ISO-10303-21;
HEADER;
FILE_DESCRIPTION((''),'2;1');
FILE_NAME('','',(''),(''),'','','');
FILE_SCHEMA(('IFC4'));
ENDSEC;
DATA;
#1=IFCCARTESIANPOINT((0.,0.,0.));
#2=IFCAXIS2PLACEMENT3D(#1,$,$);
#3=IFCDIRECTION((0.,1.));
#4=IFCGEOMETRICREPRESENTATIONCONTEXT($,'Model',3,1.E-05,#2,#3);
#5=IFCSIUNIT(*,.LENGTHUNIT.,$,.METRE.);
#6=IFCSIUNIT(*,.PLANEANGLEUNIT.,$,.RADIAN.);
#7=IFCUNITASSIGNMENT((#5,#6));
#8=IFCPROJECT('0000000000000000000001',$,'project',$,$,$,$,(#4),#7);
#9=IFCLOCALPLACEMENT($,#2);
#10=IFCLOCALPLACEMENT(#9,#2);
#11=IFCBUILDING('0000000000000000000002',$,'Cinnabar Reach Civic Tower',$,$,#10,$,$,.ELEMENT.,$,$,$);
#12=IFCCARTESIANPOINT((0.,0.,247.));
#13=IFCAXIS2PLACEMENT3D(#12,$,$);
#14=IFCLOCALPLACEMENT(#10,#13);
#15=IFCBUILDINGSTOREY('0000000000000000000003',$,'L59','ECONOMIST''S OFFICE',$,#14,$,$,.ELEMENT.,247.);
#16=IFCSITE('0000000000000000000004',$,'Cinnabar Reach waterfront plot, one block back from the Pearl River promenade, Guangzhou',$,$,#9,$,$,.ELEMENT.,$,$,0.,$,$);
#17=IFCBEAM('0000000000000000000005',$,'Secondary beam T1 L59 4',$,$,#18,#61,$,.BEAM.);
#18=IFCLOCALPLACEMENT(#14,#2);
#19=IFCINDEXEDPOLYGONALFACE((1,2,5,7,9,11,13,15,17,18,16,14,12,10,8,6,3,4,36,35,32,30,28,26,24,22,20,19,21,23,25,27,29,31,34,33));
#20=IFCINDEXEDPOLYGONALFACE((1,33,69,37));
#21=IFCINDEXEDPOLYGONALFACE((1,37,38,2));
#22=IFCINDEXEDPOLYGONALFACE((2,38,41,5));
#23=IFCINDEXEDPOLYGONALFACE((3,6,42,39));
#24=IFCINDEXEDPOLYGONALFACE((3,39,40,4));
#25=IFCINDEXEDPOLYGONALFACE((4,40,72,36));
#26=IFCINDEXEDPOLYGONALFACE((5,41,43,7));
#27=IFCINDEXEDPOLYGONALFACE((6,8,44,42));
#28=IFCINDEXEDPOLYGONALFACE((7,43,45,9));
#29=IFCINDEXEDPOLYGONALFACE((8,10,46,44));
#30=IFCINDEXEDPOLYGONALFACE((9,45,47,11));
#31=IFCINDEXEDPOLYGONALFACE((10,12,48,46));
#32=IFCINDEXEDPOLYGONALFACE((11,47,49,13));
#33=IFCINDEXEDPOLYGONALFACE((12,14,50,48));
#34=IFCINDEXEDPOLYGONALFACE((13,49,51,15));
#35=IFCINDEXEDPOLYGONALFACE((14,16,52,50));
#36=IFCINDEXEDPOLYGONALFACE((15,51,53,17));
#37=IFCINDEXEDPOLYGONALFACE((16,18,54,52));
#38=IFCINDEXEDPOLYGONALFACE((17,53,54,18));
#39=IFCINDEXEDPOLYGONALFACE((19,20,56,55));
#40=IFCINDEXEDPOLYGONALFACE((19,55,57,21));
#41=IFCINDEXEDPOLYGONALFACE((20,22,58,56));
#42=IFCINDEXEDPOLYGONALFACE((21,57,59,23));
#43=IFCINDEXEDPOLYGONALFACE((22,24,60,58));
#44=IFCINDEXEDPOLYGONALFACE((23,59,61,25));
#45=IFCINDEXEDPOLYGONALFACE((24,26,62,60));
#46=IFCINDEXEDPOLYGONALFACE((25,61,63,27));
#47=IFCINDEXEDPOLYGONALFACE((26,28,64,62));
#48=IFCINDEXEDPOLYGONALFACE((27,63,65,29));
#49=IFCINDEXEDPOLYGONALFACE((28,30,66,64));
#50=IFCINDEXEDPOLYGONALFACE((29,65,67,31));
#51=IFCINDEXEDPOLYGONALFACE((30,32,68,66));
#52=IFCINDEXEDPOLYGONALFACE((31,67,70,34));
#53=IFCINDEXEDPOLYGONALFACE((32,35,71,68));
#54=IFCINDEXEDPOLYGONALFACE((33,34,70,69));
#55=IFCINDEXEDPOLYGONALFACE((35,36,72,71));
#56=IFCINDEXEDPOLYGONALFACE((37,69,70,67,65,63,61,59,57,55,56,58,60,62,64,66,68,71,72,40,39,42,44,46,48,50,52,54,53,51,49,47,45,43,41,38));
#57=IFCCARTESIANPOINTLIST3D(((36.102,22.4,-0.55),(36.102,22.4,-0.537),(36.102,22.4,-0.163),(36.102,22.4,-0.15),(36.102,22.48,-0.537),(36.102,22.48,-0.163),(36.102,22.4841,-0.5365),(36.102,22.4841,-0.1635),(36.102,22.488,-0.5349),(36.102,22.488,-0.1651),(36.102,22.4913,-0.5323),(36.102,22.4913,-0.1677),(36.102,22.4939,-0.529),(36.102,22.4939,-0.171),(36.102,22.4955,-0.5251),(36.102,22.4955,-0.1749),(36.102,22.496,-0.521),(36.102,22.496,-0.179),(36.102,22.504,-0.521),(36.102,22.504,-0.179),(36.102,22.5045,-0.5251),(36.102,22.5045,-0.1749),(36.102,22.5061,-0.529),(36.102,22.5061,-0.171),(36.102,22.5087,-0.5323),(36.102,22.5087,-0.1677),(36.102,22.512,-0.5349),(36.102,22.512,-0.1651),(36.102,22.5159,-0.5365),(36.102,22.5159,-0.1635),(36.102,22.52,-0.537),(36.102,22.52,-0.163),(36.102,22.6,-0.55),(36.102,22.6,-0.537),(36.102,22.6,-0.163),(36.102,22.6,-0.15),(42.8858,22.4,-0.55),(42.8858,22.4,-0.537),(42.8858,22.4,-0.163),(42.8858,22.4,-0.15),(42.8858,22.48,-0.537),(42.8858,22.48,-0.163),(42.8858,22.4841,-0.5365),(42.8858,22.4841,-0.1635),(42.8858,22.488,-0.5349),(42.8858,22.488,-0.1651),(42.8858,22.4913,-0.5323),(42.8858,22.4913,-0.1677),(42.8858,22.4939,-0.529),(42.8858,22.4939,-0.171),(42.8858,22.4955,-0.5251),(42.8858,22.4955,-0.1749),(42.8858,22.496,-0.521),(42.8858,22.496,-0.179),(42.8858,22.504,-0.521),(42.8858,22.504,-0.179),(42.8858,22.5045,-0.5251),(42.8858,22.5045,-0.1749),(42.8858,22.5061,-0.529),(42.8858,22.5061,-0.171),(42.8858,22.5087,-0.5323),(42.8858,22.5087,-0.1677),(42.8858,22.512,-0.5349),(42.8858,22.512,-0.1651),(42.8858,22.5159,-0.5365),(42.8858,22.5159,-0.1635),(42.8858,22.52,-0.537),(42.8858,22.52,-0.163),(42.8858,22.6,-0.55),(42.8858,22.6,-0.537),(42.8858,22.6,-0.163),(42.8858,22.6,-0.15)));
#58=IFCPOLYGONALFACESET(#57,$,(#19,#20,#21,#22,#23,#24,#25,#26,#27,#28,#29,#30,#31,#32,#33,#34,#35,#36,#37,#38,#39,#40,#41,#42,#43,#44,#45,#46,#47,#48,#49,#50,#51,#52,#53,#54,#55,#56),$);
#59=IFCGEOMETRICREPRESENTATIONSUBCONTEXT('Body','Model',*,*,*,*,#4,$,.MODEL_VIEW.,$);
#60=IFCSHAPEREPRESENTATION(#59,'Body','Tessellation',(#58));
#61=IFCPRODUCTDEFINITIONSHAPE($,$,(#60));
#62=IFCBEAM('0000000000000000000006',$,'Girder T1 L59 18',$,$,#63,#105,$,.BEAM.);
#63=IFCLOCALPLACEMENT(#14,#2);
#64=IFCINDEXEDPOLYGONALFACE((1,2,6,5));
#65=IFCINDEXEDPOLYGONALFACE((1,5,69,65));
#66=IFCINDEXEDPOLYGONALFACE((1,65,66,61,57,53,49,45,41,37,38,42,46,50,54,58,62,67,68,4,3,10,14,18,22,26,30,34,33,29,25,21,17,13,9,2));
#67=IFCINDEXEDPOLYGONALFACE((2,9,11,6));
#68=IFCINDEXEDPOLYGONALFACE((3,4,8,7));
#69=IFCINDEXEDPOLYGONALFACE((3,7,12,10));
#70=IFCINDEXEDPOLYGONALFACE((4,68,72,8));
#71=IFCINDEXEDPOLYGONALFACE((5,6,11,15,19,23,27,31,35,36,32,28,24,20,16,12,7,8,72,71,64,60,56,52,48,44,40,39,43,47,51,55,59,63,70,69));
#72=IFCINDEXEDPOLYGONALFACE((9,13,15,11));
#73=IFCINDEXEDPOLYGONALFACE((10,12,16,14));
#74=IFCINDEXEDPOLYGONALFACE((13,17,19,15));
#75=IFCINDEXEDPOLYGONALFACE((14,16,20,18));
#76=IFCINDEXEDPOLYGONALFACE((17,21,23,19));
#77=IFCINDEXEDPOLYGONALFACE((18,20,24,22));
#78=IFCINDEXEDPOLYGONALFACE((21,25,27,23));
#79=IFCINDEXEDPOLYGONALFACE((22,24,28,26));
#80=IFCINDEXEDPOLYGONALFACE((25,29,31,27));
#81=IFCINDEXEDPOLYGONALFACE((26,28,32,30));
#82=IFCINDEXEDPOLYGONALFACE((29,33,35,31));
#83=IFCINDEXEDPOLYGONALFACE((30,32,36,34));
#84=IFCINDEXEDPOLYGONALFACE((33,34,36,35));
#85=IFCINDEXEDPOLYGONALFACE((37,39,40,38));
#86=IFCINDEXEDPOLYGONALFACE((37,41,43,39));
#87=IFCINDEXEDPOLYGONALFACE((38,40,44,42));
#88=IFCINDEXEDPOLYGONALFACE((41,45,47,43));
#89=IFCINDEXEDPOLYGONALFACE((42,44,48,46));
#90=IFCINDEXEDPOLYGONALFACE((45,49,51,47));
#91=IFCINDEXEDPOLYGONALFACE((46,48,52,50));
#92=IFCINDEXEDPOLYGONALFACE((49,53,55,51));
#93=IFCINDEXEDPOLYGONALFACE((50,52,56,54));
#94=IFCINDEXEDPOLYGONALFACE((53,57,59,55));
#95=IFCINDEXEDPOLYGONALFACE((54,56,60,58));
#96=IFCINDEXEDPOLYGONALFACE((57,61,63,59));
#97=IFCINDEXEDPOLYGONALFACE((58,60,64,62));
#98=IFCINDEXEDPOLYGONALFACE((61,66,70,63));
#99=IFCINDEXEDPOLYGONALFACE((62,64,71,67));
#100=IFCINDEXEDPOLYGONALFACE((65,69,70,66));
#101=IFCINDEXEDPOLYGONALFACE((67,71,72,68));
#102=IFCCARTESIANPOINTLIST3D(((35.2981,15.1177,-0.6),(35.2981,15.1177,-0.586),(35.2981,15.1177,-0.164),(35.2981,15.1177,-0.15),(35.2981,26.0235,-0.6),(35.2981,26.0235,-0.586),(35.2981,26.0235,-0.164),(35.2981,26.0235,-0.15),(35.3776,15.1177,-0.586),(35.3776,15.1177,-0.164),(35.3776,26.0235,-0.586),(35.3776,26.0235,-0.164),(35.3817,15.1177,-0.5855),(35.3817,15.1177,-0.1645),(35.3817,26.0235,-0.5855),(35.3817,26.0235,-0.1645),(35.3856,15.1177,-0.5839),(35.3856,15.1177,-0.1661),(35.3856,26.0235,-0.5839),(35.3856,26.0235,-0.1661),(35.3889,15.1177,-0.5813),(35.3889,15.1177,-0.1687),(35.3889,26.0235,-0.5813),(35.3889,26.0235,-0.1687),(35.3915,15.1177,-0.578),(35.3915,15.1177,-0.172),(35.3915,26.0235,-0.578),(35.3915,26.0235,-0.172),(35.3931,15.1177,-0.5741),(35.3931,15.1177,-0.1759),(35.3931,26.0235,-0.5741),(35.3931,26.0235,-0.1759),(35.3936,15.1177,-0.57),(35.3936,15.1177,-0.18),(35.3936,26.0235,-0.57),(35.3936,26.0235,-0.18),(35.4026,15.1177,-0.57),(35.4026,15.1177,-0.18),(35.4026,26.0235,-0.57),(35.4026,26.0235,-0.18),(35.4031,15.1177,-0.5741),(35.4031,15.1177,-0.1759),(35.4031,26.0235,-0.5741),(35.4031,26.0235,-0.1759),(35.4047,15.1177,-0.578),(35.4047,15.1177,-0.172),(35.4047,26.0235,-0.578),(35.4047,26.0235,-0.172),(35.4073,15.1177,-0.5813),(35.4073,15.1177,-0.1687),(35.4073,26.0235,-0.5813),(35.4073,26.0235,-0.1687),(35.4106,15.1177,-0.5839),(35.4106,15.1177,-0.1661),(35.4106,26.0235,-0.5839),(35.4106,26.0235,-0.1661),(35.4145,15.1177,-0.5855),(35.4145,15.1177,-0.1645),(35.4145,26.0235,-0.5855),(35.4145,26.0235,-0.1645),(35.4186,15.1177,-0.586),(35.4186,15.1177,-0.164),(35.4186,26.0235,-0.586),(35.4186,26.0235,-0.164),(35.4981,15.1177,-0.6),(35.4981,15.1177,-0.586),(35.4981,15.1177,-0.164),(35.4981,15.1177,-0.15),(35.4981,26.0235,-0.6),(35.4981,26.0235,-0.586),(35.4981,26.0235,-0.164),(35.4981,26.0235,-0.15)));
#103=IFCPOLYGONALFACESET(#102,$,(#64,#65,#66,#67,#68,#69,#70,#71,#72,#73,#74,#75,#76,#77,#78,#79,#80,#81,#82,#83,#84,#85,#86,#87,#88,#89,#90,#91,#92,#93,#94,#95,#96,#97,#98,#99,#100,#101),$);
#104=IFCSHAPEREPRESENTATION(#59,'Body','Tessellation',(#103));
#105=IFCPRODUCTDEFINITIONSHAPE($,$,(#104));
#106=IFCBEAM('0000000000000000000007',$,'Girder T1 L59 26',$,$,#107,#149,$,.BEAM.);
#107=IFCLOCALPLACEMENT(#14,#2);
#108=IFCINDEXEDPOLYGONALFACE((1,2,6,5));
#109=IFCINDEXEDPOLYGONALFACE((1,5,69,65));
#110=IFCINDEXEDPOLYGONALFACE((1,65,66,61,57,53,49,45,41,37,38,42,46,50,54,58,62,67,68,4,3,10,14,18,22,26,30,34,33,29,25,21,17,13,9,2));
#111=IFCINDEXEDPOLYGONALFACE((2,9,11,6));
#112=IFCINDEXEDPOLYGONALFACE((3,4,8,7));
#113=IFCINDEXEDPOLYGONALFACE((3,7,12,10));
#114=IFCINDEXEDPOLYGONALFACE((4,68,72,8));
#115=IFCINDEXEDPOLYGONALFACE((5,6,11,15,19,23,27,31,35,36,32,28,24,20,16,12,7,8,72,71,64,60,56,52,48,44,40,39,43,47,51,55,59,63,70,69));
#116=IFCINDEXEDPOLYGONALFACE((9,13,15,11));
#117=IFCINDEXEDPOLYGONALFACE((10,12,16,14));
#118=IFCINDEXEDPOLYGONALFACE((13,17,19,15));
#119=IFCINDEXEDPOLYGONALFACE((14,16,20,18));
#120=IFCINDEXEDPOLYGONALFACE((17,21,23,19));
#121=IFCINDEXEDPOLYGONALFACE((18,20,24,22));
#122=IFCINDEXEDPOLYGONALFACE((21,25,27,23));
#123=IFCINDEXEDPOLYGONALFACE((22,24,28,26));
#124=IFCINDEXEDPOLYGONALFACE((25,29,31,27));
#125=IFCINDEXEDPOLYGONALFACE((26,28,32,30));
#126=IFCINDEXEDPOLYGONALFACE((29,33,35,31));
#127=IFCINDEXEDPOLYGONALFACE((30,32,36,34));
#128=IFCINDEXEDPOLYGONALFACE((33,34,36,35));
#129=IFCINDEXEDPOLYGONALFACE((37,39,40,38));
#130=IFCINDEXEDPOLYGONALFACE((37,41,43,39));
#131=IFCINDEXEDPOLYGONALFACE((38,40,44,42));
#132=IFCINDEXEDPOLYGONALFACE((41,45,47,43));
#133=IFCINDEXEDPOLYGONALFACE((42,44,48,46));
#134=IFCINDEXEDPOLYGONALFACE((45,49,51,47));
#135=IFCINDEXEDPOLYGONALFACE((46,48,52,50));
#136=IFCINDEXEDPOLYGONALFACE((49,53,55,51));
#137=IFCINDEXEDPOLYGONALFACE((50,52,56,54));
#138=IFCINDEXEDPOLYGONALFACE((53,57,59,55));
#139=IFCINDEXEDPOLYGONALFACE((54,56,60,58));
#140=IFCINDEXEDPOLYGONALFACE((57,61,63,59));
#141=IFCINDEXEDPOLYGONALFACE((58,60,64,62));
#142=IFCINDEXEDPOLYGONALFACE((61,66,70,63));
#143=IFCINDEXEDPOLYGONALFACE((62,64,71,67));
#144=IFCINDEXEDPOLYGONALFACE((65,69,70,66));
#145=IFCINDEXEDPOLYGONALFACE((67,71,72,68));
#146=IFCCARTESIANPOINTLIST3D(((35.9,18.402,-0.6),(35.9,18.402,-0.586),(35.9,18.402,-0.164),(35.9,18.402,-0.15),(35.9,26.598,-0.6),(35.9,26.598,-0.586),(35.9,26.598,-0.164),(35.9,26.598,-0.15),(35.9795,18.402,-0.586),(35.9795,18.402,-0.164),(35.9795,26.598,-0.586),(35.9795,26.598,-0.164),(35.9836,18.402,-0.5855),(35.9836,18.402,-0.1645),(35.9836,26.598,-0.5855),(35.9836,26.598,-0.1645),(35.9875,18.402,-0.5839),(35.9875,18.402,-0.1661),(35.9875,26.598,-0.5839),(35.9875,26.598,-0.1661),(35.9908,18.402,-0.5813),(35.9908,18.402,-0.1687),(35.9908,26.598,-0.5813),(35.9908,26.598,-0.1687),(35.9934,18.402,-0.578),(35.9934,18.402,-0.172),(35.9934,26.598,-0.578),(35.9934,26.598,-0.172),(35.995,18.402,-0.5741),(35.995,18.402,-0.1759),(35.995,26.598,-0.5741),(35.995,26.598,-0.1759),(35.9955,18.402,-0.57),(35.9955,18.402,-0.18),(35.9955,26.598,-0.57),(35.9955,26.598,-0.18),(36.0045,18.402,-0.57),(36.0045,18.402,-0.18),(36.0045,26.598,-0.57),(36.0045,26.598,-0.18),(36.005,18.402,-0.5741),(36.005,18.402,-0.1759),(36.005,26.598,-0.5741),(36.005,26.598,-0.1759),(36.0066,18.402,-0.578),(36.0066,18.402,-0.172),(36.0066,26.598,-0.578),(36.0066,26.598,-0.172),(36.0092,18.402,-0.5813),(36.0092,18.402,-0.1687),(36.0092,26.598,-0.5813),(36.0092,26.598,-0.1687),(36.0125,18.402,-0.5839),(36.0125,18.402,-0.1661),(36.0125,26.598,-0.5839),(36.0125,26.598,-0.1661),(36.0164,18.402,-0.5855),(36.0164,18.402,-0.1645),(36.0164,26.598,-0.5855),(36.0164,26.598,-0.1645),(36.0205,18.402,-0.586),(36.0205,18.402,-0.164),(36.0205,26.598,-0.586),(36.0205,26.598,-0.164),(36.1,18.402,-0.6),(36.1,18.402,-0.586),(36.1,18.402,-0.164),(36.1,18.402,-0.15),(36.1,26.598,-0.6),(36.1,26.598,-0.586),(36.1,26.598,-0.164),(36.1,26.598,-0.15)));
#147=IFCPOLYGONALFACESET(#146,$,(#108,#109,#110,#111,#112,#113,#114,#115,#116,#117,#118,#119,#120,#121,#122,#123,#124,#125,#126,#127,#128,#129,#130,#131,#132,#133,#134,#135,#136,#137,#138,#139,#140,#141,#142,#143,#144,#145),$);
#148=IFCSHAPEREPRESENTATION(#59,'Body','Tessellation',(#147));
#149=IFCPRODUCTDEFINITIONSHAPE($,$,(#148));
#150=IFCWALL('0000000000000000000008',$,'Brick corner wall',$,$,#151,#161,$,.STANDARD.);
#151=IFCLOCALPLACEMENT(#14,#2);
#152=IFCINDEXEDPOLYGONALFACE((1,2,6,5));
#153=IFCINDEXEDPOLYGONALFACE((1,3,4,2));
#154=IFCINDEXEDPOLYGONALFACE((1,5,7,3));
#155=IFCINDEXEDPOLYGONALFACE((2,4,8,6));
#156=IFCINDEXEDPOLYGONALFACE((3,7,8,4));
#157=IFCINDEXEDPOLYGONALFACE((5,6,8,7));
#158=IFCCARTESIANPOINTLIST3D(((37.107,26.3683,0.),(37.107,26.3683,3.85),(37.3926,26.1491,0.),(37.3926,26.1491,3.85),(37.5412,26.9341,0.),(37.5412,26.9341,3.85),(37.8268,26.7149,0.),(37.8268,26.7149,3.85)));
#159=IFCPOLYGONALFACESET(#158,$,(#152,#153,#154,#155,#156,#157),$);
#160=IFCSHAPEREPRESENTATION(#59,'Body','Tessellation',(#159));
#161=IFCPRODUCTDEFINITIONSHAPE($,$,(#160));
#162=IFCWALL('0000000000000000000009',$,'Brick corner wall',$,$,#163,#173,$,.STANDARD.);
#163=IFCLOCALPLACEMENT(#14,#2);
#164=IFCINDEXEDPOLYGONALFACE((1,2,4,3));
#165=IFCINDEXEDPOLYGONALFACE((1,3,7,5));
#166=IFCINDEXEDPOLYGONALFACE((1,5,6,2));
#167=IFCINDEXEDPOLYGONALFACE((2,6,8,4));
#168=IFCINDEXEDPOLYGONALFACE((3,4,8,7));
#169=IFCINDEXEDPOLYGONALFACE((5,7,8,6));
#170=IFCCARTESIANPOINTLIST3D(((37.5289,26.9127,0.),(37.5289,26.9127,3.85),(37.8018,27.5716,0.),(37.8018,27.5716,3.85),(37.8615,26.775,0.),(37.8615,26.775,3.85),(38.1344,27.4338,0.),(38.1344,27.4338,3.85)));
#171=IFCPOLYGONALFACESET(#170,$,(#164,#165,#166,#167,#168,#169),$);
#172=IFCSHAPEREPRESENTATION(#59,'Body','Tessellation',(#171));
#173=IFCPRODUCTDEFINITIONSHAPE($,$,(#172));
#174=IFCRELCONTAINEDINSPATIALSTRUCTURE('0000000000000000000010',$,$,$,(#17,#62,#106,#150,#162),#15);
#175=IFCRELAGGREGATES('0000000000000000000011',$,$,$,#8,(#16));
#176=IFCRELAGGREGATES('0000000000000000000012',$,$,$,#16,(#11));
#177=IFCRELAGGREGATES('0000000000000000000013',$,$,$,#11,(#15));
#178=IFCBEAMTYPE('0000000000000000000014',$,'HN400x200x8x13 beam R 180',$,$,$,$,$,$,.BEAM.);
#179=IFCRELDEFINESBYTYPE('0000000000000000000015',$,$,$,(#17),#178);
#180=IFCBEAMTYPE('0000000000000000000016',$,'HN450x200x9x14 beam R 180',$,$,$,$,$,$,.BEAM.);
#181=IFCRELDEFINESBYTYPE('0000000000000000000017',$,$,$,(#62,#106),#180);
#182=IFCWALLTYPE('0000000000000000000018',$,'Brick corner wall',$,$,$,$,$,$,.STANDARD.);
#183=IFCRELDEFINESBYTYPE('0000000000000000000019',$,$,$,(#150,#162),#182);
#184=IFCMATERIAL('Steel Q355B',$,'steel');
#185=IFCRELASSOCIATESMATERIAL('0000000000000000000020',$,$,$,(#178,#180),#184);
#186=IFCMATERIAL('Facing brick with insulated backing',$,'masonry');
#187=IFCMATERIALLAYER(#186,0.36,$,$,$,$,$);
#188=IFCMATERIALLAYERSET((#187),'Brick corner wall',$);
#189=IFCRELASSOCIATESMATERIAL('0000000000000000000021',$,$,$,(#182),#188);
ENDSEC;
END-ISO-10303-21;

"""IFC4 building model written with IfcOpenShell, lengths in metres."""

from ifc_helpers import new_model, si_unit, direction, frame, frame_2d, origin, origin_2d, place, context, subcontext, project, spatial, rectangle, i_section, extrude, material, layer, layer_set, material_profile, profile_set, type_object, element, save


model = new_model("IFC4")

# Units and contexts
model_context = context("Model", 3, precision=1e-05, world=origin(), true_north=direction((0.0, 1.0)))
body_context = subcontext(model_context, "Body", "Model", "MODEL_VIEW")
ifc_project = project(units=[si_unit("LENGTHUNIT", "METRE"), si_unit("PLANEANGLEUNIT", "RADIAN")], contexts=[model_context])

# Site, building, storey
site_placement = place(None, origin())
site = spatial("IfcSite", under=ifc_project, at=site_placement, Name="Cinnabar Reach waterfront plot, one block back from the Pearl River promenade, Guangzhou", CompositionType="ELEMENT", RefElevation=0.0)
building_placement = place(site_placement, origin())
building = spatial("IfcBuilding", under=site, at=building_placement, Name="Cinnabar Reach Civic Tower", CompositionType="ELEMENT")
storey_placement = place(building_placement, frame((0.0, 0.0, 247.0)))
storey = spatial("IfcBuildingStorey", under=building, at=storey_placement, Name="L59", Description="ECONOMIST'S OFFICE", CompositionType="ELEMENT", Elevation=247.0)

# Beams
ifc_material_1 = material(Name="Steel Q355B", Category="steel")
ifc_material_profile_1 = material_profile(ifc_material_1, i_section(OverallWidth=0.2, OverallDepth=0.4, WebThickness=0.008, FlangeThickness=0.013, FilletRadius=0.016, at=origin_2d()), Name="HN400x200x8x13")
ifc_profile_set_1 = profile_set([ifc_material_profile_1], Name="Steel Q355B")
beam_type_1 = type_object("IfcBeamType", Name="HN400x200x8x13 beam R 180", PredefinedType="BEAM", material=ifc_profile_set_1)
beam_1_placement = place(storey_placement, frame((36.102, 22.5, -0.35), z_axis=(1.0, 0.0, 0.0), x_axis=(0.0, 1.0, 0.0)))
element("IfcBeam", 1, at=beam_1_placement, inside=storey, type_object=beam_type_1, Name="Secondary beam T1 L59 4", PredefinedType="BEAM", context=body_context, shape_type="SweptSolid", body=[
    extrude(i_section(OverallWidth=0.2, OverallDepth=0.4, WebThickness=0.008, FlangeThickness=0.013, FilletRadius=0.016, at=origin_2d()), origin(), (0.0, 0.0, 1.0), 6.7838),
])
ifc_material_profile_2 = material_profile(ifc_material_1, i_section(OverallWidth=0.2, OverallDepth=0.45, WebThickness=0.009, FlangeThickness=0.014, FilletRadius=0.016, at=origin_2d()), Name="HN450x200x9x14")
ifc_profile_set_2 = profile_set([ifc_material_profile_2], Name="Steel Q355B")
beam_type_2 = type_object("IfcBeamType", Name="HN450x200x9x14 beam R 180", PredefinedType="BEAM", material=ifc_profile_set_2)
beam_2_placement = place(storey_placement, frame((35.3981, 15.1177, -0.375), z_axis=(0.0, 1.0, 0.0), x_axis=(-1.0, 0.0, 0.0)))
element("IfcBeam", 2, at=beam_2_placement, inside=storey, type_object=beam_type_2, Name="Girder T1 L59 18", PredefinedType="BEAM", context=body_context, shape_type="SweptSolid", body=[
    extrude(i_section(OverallWidth=0.2, OverallDepth=0.45, WebThickness=0.009, FlangeThickness=0.014, FilletRadius=0.016, at=origin_2d()), origin(), (0.0, 0.0, 1.0), 10.9058),
])
beam_3_placement = place(storey_placement, frame((36.0, 18.402, -0.375), z_axis=(0.0, 1.0, 0.0), x_axis=(-1.0, 0.0, 0.0)))
element("IfcBeam", 3, at=beam_3_placement, inside=storey, type_object=beam_type_2, Name="Girder T1 L59 26", PredefinedType="BEAM", context=body_context, shape_type="SweptSolid", body=[
    extrude(i_section(OverallWidth=0.2, OverallDepth=0.45, WebThickness=0.009, FlangeThickness=0.014, FilletRadius=0.016, at=origin_2d()), origin(), (0.0, 0.0, 1.0), 8.196),
])

# Walls
ifc_material_2 = material(Name="Facing brick with insulated backing", Category="masonry")
ifc_layer_1 = layer(ifc_material_2, 0.36)
ifc_layer_set_1 = layer_set([ifc_layer_1], Name="Brick corner wall")
wall_type_1 = type_object("IfcWallType", Name="Brick corner wall", PredefinedType="STANDARD", material=ifc_layer_set_1)
wall_1_placement = place(storey_placement, frame((37.2498, 26.2587, 0.0), z_axis=(0.0, 0.0, 1.0), x_axis=(0.608802, 0.793322, 0.0)))
element("IfcWall", 4, at=wall_1_placement, inside=storey, type_object=wall_type_1, Name="Brick corner wall", PredefinedType="STANDARD", context=body_context, shape_type="SweptSolid", body=[
    extrude(rectangle(XDim=0.7132, YDim=0.36, at=frame_2d((0.3566, 0.0))), origin(), (0.0, 0.0, 1.0), 3.85),
])
wall_2_placement = place(storey_placement, frame((37.6952, 26.8439, 0.0), z_axis=(0.0, 0.0, 1.0), x_axis=(0.382703, 0.923872, 0.0)))
element("IfcWall", 5, at=wall_2_placement, inside=storey, type_object=wall_type_1, Name="Brick corner wall", PredefinedType="STANDARD", context=body_context, shape_type="SweptSolid", body=[
    extrude(rectangle(XDim=0.7131, YDim=0.36, at=frame_2d((0.3565, 0.0))), origin(), (0.0, 0.0, 1.0), 3.85),
])

save(model, "model.ifc")
